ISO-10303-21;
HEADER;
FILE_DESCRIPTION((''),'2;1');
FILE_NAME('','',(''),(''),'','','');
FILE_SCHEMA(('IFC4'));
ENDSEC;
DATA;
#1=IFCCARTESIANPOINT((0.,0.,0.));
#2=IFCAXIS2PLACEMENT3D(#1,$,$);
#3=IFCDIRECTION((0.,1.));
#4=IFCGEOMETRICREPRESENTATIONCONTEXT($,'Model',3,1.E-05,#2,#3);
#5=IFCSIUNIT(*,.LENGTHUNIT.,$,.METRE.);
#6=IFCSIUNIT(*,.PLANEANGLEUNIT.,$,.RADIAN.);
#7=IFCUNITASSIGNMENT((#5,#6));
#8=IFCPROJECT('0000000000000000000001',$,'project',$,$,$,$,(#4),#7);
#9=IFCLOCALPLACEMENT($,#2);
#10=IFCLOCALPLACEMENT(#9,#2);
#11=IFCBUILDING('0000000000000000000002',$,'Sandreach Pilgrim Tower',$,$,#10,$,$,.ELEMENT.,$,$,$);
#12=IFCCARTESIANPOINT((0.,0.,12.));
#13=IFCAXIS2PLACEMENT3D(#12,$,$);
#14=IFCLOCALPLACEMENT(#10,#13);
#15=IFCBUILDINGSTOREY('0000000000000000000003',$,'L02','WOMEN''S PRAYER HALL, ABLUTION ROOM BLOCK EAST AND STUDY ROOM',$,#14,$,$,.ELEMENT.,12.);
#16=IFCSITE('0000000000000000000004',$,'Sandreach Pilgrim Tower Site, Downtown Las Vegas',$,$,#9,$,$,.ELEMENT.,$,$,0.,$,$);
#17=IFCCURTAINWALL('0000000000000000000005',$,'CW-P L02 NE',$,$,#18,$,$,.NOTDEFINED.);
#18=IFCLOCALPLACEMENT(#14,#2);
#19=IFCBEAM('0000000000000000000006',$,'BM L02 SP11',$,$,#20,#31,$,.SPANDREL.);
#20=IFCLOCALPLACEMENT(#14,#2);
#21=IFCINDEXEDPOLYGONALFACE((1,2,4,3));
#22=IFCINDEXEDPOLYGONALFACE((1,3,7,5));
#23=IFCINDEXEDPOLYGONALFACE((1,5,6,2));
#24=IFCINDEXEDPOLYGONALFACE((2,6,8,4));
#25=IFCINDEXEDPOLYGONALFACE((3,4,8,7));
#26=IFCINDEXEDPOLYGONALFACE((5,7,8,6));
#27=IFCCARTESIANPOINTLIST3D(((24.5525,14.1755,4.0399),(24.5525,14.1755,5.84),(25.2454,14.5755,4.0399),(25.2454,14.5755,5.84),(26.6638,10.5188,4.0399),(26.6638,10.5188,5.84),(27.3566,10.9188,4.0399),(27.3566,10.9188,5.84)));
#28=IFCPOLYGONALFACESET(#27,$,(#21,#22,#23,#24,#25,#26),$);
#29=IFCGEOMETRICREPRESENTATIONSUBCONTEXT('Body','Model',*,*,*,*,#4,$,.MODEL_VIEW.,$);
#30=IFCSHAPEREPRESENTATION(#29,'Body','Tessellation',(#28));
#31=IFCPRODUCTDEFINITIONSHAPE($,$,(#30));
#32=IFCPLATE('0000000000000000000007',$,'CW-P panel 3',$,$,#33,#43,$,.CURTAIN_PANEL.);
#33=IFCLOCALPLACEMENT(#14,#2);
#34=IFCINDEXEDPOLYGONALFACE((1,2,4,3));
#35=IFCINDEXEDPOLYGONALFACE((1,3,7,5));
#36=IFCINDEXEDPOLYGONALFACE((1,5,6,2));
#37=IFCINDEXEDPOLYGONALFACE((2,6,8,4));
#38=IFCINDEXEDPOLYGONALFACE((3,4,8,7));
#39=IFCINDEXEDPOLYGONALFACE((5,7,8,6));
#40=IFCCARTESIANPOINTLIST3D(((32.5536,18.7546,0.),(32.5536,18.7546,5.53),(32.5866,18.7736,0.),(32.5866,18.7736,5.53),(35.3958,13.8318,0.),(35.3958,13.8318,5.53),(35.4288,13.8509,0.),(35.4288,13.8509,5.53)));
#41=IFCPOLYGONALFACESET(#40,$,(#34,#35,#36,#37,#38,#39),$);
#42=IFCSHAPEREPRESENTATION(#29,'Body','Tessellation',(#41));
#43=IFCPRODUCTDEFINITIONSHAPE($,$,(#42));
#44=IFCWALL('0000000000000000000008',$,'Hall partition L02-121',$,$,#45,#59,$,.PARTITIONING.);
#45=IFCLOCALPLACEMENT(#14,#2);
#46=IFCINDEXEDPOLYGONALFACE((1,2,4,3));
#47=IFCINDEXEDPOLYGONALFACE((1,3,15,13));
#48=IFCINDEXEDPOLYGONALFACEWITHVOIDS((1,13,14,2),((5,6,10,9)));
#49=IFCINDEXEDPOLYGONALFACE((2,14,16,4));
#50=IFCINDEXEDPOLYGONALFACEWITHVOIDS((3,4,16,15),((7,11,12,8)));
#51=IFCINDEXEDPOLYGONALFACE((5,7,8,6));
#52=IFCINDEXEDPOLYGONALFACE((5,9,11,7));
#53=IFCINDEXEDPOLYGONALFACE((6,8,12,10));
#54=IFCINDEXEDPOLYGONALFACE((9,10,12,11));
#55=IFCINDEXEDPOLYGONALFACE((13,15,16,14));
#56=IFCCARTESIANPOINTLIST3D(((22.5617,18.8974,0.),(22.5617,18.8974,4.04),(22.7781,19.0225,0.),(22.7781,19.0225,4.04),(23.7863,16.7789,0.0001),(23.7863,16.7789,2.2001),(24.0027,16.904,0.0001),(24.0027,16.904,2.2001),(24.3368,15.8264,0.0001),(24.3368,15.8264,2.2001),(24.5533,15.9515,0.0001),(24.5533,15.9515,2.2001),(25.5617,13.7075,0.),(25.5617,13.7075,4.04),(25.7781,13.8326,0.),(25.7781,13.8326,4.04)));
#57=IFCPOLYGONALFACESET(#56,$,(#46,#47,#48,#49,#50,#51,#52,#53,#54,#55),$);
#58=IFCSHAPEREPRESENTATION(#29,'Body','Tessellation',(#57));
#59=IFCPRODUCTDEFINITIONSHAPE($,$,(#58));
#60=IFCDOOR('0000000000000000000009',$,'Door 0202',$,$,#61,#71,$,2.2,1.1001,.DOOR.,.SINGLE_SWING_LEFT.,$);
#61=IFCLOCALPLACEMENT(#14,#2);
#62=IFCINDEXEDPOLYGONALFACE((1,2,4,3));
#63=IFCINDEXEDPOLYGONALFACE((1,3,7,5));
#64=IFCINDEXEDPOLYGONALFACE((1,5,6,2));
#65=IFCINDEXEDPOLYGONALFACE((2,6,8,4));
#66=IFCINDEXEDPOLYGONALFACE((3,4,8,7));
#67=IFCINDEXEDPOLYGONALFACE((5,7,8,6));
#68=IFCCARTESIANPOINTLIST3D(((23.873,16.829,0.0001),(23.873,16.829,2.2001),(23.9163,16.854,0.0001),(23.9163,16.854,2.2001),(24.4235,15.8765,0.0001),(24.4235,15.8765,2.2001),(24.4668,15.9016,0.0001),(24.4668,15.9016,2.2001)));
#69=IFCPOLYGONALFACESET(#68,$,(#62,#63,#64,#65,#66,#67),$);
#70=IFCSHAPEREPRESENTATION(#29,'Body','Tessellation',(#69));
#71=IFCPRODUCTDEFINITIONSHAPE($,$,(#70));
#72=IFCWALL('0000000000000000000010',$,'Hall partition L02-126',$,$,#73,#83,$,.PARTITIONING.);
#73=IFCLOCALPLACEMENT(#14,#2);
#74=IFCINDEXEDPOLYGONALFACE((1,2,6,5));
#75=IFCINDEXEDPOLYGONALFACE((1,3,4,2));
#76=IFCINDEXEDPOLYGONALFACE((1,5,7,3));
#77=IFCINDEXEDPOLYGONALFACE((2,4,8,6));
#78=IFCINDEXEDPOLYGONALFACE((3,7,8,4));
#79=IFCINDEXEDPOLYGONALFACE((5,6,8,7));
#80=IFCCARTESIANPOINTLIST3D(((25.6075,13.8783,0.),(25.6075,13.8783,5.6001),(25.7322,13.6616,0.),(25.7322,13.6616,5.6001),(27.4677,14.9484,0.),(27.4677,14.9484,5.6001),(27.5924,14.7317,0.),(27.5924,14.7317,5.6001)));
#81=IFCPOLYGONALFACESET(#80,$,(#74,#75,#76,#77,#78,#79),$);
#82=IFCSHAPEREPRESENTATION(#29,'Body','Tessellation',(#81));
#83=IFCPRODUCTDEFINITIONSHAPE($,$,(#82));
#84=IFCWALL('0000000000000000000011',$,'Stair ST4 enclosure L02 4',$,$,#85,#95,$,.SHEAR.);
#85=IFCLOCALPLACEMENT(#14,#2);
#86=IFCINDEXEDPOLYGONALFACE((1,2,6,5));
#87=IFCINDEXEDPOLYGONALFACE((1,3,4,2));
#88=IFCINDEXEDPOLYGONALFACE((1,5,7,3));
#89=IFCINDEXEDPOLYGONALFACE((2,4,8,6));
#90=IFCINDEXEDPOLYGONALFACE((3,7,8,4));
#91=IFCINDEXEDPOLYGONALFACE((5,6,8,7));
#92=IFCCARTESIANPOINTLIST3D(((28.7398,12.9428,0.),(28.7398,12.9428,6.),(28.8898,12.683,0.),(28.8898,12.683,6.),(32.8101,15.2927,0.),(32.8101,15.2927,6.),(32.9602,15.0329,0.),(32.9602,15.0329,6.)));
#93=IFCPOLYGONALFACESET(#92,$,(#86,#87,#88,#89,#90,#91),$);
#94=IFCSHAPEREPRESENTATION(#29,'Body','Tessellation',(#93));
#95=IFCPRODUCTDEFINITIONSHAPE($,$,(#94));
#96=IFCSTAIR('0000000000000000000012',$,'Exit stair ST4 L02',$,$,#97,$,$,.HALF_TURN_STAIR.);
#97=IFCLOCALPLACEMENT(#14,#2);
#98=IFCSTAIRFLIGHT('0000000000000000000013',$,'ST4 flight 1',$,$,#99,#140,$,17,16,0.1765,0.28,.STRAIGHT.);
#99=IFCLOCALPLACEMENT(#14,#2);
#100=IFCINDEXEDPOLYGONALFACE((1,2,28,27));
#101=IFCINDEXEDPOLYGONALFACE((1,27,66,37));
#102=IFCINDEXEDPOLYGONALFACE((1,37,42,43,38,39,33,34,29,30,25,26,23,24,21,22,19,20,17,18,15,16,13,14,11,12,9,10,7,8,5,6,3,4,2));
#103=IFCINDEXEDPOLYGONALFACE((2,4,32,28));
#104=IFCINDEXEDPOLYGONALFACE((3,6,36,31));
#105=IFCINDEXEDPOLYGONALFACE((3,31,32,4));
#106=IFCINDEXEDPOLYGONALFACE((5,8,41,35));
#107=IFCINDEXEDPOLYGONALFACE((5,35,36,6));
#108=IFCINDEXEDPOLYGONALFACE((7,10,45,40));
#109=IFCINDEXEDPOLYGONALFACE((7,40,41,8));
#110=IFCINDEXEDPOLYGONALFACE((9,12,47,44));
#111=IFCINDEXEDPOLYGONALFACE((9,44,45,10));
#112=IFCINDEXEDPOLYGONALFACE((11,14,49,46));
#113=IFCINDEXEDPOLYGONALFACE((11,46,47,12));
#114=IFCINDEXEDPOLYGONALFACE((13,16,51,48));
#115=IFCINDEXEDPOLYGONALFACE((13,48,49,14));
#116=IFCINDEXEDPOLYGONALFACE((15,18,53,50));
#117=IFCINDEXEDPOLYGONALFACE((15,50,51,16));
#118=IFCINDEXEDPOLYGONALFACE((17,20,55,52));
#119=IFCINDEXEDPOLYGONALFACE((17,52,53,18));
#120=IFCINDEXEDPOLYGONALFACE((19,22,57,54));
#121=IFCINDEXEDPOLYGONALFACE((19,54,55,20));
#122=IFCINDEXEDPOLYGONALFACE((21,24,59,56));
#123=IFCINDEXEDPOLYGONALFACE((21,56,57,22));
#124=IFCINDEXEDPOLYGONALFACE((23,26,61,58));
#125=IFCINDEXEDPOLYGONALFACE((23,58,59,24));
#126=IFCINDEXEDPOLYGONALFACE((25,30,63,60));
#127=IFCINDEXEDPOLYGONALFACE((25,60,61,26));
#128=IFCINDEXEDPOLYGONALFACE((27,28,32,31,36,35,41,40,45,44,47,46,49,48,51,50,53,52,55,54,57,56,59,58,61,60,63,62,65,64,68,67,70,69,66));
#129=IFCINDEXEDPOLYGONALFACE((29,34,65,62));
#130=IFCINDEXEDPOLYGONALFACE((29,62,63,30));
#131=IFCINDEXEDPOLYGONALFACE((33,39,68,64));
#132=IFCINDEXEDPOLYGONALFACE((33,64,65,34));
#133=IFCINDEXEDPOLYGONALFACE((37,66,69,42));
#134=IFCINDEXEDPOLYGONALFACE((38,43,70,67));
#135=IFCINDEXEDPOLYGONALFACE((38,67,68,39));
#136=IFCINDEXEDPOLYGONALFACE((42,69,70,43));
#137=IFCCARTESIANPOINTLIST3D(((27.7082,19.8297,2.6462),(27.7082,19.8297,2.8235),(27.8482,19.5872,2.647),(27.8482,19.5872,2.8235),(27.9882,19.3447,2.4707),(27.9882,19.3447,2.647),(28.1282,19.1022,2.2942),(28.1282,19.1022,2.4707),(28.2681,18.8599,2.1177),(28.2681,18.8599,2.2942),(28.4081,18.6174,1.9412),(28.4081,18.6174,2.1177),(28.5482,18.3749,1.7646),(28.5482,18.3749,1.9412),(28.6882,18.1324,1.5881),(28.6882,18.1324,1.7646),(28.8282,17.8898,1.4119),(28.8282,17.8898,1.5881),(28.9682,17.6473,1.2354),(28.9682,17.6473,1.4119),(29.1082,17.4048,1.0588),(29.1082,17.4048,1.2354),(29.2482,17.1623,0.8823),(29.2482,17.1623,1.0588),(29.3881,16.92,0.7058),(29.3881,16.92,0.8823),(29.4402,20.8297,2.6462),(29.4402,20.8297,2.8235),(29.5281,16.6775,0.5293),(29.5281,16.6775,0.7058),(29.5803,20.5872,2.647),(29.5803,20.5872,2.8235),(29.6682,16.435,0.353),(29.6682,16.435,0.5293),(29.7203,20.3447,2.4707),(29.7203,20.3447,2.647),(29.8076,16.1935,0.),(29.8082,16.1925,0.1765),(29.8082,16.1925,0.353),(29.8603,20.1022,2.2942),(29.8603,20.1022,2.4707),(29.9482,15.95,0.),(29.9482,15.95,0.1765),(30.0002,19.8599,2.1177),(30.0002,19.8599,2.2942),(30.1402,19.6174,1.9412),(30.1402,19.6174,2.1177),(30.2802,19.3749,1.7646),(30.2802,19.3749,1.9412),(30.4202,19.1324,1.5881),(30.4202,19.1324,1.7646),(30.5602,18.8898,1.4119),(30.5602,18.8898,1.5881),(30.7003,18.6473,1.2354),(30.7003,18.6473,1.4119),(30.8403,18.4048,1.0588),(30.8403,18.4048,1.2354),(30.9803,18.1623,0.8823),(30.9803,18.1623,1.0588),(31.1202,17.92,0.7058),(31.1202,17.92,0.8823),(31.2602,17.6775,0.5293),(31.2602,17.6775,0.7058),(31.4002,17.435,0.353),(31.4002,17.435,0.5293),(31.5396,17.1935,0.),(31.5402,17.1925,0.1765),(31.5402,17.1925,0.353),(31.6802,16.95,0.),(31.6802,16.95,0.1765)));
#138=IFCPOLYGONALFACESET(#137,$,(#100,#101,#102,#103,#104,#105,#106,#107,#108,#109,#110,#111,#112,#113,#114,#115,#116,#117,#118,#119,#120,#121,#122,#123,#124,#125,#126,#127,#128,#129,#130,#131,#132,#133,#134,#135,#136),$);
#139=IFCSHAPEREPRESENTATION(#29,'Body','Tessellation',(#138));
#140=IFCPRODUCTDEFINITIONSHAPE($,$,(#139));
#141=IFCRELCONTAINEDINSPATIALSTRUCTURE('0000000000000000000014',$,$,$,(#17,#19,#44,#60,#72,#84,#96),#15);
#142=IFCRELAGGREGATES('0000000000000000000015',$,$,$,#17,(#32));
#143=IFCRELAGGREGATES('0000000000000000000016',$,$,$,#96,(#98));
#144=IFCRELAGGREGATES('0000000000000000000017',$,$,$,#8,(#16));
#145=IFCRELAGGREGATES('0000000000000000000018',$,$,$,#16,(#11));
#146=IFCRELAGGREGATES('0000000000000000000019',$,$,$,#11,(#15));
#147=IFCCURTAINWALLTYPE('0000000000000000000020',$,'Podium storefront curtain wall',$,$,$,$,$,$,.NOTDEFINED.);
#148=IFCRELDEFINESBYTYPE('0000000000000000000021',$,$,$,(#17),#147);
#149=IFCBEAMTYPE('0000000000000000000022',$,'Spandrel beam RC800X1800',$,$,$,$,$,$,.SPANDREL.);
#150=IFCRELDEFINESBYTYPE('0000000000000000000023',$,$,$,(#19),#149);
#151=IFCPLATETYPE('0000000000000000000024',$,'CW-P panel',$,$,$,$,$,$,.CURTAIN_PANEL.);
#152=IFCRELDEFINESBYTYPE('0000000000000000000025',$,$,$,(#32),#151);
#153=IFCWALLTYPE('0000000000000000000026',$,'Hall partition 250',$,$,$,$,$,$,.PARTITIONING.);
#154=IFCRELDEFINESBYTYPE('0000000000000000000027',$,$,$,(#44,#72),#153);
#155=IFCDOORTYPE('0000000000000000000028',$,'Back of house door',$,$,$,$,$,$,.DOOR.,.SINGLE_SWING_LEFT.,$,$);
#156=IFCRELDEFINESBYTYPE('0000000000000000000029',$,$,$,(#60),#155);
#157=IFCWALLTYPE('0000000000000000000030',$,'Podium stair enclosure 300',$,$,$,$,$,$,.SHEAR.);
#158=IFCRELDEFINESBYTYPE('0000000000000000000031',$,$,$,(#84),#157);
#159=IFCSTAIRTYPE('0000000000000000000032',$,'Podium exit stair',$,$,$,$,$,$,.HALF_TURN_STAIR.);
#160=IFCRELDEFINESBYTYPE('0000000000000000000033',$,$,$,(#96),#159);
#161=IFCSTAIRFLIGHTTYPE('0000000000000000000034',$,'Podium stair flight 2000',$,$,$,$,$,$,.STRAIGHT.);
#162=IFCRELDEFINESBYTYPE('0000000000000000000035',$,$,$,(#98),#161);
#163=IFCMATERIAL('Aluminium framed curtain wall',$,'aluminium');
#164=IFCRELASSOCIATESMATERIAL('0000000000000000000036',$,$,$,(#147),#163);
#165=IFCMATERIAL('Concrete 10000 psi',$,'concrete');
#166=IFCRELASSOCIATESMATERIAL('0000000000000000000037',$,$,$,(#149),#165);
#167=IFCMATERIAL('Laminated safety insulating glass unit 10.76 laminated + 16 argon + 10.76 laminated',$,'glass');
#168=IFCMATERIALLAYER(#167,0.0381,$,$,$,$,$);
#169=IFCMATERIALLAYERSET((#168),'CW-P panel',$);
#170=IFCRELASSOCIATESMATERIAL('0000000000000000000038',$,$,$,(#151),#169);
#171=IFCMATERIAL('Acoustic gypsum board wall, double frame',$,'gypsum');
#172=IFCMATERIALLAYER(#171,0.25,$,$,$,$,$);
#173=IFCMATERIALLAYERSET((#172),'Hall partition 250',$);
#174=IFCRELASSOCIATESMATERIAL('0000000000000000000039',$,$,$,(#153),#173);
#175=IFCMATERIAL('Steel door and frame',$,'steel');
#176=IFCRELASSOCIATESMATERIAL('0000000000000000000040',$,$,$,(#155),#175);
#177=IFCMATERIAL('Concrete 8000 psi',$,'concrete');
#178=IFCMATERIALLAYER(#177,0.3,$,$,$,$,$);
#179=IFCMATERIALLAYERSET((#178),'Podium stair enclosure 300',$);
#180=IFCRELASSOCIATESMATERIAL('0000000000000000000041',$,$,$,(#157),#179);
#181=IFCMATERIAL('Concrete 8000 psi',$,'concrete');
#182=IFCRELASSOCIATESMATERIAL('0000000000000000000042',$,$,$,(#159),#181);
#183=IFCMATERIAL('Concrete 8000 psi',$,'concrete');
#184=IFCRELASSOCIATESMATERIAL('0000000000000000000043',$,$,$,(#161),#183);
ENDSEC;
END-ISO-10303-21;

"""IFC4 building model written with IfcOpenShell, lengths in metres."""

from ifc_helpers import new_model, si_unit, direction, frame, frame_2d, origin, origin_2d, place, context, subcontext, project, spatial, polyline, rectangle, outline, extrude, material, layer, layer_set, material_profile, profile_set, type_object, element, fill, aggregate, save


model = new_model("IFC4")

# Units and contexts
model_context = context("Model", 3, precision=1e-05, world=origin(), true_north=direction((0.0, 1.0)))
body_context = subcontext(model_context, "Body", "Model", "MODEL_VIEW")
ifc_project = project(units=[si_unit("LENGTHUNIT", "METRE"), si_unit("PLANEANGLEUNIT", "RADIAN")], contexts=[model_context])

# Site, building, storey
site_placement = place(None, origin())
site = spatial("IfcSite", under=ifc_project, at=site_placement, Name="Sandreach Pilgrim Tower Site, Downtown Las Vegas", CompositionType="ELEMENT", RefElevation=0.0)
building_placement = place(site_placement, origin())
building = spatial("IfcBuilding", under=site, at=building_placement, Name="Sandreach Pilgrim Tower", CompositionType="ELEMENT")
storey_placement = place(building_placement, frame((0.0, 0.0, 12.0)))
storey = spatial("IfcBuildingStorey", under=building, at=storey_placement, Name="L02", Description="WOMEN'S PRAYER HALL, ABLUTION ROOM BLOCK EAST AND STUDY ROOM", CompositionType="ELEMENT", Elevation=12.0)

# Curtain wall
ifc_material_1 = material(Name="Aluminium framed curtain wall", Category="aluminium")
curtain_wall_type = type_object("IfcCurtainWallType", Name="Podium storefront curtain wall", PredefinedType="NOTDEFINED", material=ifc_material_1)
curtain_wall_placement = place(storey_placement, origin())
curtain_wall = element("IfcCurtainWall", 1, at=curtain_wall_placement, inside=storey, type_object=curtain_wall_type, Name="CW-P L02 NE", PredefinedType="NOTDEFINED")

# Beam
ifc_material_2 = material(Name="Concrete 10000 psi", Category="concrete")
ifc_material_profile_1 = material_profile(ifc_material_2, rectangle(XDim=0.8, YDim=1.8, at=origin_2d()), Name="RC800X1800")
ifc_profile_set_1 = profile_set([ifc_material_profile_1], Name="Concrete 10000 psi")
beam_type_1 = type_object("IfcBeamType", Name="Spandrel beam RC800X1800", PredefinedType="SPANDREL", material=ifc_profile_set_1)
beam_1_placement = place(storey_placement, frame((24.8989, 14.3755, 4.9399), z_axis=(0.500019, -0.866014, 0.0), x_axis=(0.866014, 0.500019, 0.0)))
element("IfcBeam", 2, at=beam_1_placement, inside=storey, type_object=beam_type_1, Name="BM L02 SP11", PredefinedType="SPANDREL", context=body_context, shape_type="SweptSolid", body=[
    extrude(rectangle(XDim=0.8, YDim=1.8, at=origin_2d()), origin(), (0.0, 0.0, 1.0), 4.2224),
])

# Plate
ifc_material_3 = material(Name="Laminated safety insulating glass unit 10.76 laminated + 16 argon + 10.76 laminated", Category="glass")
ifc_layer_1 = layer(ifc_material_3, 0.0381)
ifc_layer_set_1 = layer_set([ifc_layer_1], Name="CW-P panel")
plate_type = type_object("IfcPlateType", Name="CW-P panel", PredefinedType="CURTAIN_PANEL", material=ifc_layer_set_1)
plate_placement = place(storey_placement, frame((33.9912, 16.3027, 0.0), z_axis=(0.0, 0.0, 1.0), x_axis=(0.5, -0.866025, 0.0)))
plate = element("IfcPlate", 3, at=plate_placement, type_object=plate_type, Name="CW-P panel 3", PredefinedType="CURTAIN_PANEL", context=body_context, shape_type="SweptSolid", body=[
    extrude(rectangle(XDim=5.6843, YDim=0.0381, at=origin_2d()), origin(), (0.0, 0.0, 1.0), 5.53),
])
aggregate(curtain_wall, [plate])

# Wall, opening, door
ifc_material_4 = material(Name="Acoustic gypsum board wall, double frame", Category="gypsum")
ifc_layer_2 = layer(ifc_material_4, 0.25)
ifc_layer_set_2 = layer_set([ifc_layer_2], Name="Hall partition 250")
wall_type_1 = type_object("IfcWallType", Name="Hall partition 250", PredefinedType="PARTITIONING", material=ifc_layer_set_2)
wall_1_placement = place(storey_placement, frame((25.6699, 13.77, 0.0), z_axis=(0.0, 0.0, 1.0), x_axis=(-0.500449, 0.865766, 0.0)))
wall_1 = element("IfcWall", 4, at=wall_1_placement, inside=storey, type_object=wall_type_1, Name="Hall partition L02-121", PredefinedType="PARTITIONING", context=body_context, shape_type="SweptSolid", body=[
    extrude(rectangle(XDim=5.9946, YDim=0.25, at=frame_2d((2.9973, 0.0))), origin(), (0.0, 0.0, 1.0), 4.04),
])
opening_1_placement = place(wall_1_placement, frame((2.4475, 0.0, 0.0)))
opening_1 = element("IfcOpeningElement", 5, at=opening_1_placement, cuts=wall_1, PredefinedType="OPENING", context=body_context, shape_type="SweptSolid", body=[
    extrude(rectangle(XDim=1.1001, YDim=2.2, at=frame_2d((0.55, 1.1001))), frame((0.0, 0.125, 0.0), z_axis=(0.0, -1.0, 0.0), x_axis=(1.0, 0.0, 0.0)), (0.0, 0.0, 1.0), 0.25),
])
ifc_material_5 = material(Name="Steel door and frame", Category="steel")
door_type_1 = type_object("IfcDoorType", Name="Back of house door", OperationType="SINGLE_SWING_LEFT", PredefinedType="DOOR", material=ifc_material_5)
door_1_placement = place(opening_1_placement, origin())
door_1 = element("IfcDoor", 6, at=door_1_placement, inside=storey, type_object=door_type_1, Name="Door 0202", OperationType="SINGLE_SWING_LEFT", OverallHeight=2.2, OverallWidth=1.1001, PredefinedType="DOOR", context=body_context, shape_type="SweptSolid", body=[
    extrude(rectangle(XDim=1.1001, YDim=2.2, at=frame_2d((0.55, 1.1001))), frame((0.0, 0.0249, 0.0), z_axis=(0.0, -1.0, 0.0), x_axis=(1.0, 0.0, 0.0)), (0.0, 0.0, 1.0), 0.05),
])
fill(opening_1, door_1)

# Wall
wall_2_placement = place(storey_placement, frame((27.53, 14.8401, 0.0), z_axis=(0.0, 0.0, 1.0), x_axis=(-0.866804, -0.498649, 0.0)))
element("IfcWall", 7, at=wall_2_placement, inside=storey, type_object=wall_type_1, Name="Hall partition L02-126", PredefinedType="PARTITIONING", context=body_context, shape_type="SweptSolid", body=[
    extrude(rectangle(XDim=2.146, YDim=0.25, at=frame_2d((1.073, 0.0))), origin(), (0.0, 0.0, 1.0), 5.6001),
])

# Shared definitions
ifc_material_6 = material(Name="Concrete 8000 psi", Category="concrete")
ifc_layer_3 = layer(ifc_material_6, 0.3)
ifc_layer_set_3 = layer_set([ifc_layer_3], Name="Podium stair enclosure 300")
wall_type_2 = type_object("IfcWallType", Name="Podium stair enclosure 300", PredefinedType="SHEAR", material=ifc_layer_set_3)

# Wall
wall_3_placement = place(storey_placement, frame((32.8853, 15.1628, 0.0), z_axis=(0.0, 0.0, 1.0), x_axis=(-0.866039, -0.499977, 0.0)))
element("IfcWall", 8, at=wall_3_placement, inside=storey, type_object=wall_type_2, Name="Stair ST4 enclosure L02 4", PredefinedType="SHEAR", context=body_context, shape_type="SweptSolid", body=[
    extrude(rectangle(XDim=4.7, YDim=0.3, at=frame_2d((2.3501, 0.0))), origin(), (0.0, 0.0, 1.0), 6.0),
])

# Stair, stair flight
ifc_material_7 = material(Name="Concrete 8000 psi", Category="concrete")
stair_type = type_object("IfcStairType", Name="Podium exit stair", PredefinedType="HALF_TURN_STAIR", material=ifc_material_7)
stair_placement = place(storey_placement, origin())
stair = element("IfcStair", 9, at=stair_placement, inside=storey, type_object=stair_type, Name="Exit stair ST4 L02", PredefinedType="HALF_TURN_STAIR")
ifc_material_8 = material(Name="Concrete 8000 psi", Category="concrete")
stair_flight_type = type_object("IfcStairFlightType", Name="Podium stair flight 2000", PredefinedType="STRAIGHT", material=ifc_material_8)
stair_flight_placement = place(storey_placement, frame((30.8142, 16.45, 0.0), z_axis=(0.0, 0.0, 1.0), x_axis=(-0.5, 0.866025, 0.0)))
stair_flight = element("IfcStairFlight", 10, at=stair_flight_placement, type_object=stair_flight_type, Name="ST4 flight 1", NumberOfRisers=17, NumberOfTreads=16, PredefinedType="STRAIGHT", RiserHeight=0.1765, TreadLength=0.28, context=body_context, shape_type="SweptSolid", body=[
    extrude(outline(polyline([(0.0, 0.0), (0.0, 0.1765), (0.28, 0.1765), (0.28, 0.353), (0.5601, 0.353), (0.5601, 0.5293), (0.8401, 0.5293), (0.8401, 0.7058), (1.1201, 0.7058), (1.1201, 0.8823), (1.3999, 0.8823), (1.3999, 1.0588), (1.6799, 1.0588), (1.6799, 1.2354), (1.96, 1.2354), (1.96, 1.4119), (2.24, 1.4119), (2.24, 1.5881), (2.52, 1.5881), (2.52, 1.7646), (2.8, 1.7646), (2.8, 1.9412), (3.0801, 1.9412), (3.0801, 2.1177), (3.3601, 2.1177), (3.3601, 2.2942), (3.6399, 2.2942), (3.6399, 2.4707), (3.9199, 2.4707), (3.9199, 2.647), (4.2, 2.647), (4.2, 2.8235), (4.48, 2.8235), (4.48, 3.0), (4.48, 2.6462), (0.2812, 0.0), (0.0, 0.0)])), frame((0.0, 1.0, 0.0), z_axis=(0.0, -1.0, 0.0), x_axis=(1.0, 0.0, 0.0)), (0.0, 0.0, 1.0), 2.0),
])
aggregate(stair, [stair_flight])

save(model, "model.ifc")
